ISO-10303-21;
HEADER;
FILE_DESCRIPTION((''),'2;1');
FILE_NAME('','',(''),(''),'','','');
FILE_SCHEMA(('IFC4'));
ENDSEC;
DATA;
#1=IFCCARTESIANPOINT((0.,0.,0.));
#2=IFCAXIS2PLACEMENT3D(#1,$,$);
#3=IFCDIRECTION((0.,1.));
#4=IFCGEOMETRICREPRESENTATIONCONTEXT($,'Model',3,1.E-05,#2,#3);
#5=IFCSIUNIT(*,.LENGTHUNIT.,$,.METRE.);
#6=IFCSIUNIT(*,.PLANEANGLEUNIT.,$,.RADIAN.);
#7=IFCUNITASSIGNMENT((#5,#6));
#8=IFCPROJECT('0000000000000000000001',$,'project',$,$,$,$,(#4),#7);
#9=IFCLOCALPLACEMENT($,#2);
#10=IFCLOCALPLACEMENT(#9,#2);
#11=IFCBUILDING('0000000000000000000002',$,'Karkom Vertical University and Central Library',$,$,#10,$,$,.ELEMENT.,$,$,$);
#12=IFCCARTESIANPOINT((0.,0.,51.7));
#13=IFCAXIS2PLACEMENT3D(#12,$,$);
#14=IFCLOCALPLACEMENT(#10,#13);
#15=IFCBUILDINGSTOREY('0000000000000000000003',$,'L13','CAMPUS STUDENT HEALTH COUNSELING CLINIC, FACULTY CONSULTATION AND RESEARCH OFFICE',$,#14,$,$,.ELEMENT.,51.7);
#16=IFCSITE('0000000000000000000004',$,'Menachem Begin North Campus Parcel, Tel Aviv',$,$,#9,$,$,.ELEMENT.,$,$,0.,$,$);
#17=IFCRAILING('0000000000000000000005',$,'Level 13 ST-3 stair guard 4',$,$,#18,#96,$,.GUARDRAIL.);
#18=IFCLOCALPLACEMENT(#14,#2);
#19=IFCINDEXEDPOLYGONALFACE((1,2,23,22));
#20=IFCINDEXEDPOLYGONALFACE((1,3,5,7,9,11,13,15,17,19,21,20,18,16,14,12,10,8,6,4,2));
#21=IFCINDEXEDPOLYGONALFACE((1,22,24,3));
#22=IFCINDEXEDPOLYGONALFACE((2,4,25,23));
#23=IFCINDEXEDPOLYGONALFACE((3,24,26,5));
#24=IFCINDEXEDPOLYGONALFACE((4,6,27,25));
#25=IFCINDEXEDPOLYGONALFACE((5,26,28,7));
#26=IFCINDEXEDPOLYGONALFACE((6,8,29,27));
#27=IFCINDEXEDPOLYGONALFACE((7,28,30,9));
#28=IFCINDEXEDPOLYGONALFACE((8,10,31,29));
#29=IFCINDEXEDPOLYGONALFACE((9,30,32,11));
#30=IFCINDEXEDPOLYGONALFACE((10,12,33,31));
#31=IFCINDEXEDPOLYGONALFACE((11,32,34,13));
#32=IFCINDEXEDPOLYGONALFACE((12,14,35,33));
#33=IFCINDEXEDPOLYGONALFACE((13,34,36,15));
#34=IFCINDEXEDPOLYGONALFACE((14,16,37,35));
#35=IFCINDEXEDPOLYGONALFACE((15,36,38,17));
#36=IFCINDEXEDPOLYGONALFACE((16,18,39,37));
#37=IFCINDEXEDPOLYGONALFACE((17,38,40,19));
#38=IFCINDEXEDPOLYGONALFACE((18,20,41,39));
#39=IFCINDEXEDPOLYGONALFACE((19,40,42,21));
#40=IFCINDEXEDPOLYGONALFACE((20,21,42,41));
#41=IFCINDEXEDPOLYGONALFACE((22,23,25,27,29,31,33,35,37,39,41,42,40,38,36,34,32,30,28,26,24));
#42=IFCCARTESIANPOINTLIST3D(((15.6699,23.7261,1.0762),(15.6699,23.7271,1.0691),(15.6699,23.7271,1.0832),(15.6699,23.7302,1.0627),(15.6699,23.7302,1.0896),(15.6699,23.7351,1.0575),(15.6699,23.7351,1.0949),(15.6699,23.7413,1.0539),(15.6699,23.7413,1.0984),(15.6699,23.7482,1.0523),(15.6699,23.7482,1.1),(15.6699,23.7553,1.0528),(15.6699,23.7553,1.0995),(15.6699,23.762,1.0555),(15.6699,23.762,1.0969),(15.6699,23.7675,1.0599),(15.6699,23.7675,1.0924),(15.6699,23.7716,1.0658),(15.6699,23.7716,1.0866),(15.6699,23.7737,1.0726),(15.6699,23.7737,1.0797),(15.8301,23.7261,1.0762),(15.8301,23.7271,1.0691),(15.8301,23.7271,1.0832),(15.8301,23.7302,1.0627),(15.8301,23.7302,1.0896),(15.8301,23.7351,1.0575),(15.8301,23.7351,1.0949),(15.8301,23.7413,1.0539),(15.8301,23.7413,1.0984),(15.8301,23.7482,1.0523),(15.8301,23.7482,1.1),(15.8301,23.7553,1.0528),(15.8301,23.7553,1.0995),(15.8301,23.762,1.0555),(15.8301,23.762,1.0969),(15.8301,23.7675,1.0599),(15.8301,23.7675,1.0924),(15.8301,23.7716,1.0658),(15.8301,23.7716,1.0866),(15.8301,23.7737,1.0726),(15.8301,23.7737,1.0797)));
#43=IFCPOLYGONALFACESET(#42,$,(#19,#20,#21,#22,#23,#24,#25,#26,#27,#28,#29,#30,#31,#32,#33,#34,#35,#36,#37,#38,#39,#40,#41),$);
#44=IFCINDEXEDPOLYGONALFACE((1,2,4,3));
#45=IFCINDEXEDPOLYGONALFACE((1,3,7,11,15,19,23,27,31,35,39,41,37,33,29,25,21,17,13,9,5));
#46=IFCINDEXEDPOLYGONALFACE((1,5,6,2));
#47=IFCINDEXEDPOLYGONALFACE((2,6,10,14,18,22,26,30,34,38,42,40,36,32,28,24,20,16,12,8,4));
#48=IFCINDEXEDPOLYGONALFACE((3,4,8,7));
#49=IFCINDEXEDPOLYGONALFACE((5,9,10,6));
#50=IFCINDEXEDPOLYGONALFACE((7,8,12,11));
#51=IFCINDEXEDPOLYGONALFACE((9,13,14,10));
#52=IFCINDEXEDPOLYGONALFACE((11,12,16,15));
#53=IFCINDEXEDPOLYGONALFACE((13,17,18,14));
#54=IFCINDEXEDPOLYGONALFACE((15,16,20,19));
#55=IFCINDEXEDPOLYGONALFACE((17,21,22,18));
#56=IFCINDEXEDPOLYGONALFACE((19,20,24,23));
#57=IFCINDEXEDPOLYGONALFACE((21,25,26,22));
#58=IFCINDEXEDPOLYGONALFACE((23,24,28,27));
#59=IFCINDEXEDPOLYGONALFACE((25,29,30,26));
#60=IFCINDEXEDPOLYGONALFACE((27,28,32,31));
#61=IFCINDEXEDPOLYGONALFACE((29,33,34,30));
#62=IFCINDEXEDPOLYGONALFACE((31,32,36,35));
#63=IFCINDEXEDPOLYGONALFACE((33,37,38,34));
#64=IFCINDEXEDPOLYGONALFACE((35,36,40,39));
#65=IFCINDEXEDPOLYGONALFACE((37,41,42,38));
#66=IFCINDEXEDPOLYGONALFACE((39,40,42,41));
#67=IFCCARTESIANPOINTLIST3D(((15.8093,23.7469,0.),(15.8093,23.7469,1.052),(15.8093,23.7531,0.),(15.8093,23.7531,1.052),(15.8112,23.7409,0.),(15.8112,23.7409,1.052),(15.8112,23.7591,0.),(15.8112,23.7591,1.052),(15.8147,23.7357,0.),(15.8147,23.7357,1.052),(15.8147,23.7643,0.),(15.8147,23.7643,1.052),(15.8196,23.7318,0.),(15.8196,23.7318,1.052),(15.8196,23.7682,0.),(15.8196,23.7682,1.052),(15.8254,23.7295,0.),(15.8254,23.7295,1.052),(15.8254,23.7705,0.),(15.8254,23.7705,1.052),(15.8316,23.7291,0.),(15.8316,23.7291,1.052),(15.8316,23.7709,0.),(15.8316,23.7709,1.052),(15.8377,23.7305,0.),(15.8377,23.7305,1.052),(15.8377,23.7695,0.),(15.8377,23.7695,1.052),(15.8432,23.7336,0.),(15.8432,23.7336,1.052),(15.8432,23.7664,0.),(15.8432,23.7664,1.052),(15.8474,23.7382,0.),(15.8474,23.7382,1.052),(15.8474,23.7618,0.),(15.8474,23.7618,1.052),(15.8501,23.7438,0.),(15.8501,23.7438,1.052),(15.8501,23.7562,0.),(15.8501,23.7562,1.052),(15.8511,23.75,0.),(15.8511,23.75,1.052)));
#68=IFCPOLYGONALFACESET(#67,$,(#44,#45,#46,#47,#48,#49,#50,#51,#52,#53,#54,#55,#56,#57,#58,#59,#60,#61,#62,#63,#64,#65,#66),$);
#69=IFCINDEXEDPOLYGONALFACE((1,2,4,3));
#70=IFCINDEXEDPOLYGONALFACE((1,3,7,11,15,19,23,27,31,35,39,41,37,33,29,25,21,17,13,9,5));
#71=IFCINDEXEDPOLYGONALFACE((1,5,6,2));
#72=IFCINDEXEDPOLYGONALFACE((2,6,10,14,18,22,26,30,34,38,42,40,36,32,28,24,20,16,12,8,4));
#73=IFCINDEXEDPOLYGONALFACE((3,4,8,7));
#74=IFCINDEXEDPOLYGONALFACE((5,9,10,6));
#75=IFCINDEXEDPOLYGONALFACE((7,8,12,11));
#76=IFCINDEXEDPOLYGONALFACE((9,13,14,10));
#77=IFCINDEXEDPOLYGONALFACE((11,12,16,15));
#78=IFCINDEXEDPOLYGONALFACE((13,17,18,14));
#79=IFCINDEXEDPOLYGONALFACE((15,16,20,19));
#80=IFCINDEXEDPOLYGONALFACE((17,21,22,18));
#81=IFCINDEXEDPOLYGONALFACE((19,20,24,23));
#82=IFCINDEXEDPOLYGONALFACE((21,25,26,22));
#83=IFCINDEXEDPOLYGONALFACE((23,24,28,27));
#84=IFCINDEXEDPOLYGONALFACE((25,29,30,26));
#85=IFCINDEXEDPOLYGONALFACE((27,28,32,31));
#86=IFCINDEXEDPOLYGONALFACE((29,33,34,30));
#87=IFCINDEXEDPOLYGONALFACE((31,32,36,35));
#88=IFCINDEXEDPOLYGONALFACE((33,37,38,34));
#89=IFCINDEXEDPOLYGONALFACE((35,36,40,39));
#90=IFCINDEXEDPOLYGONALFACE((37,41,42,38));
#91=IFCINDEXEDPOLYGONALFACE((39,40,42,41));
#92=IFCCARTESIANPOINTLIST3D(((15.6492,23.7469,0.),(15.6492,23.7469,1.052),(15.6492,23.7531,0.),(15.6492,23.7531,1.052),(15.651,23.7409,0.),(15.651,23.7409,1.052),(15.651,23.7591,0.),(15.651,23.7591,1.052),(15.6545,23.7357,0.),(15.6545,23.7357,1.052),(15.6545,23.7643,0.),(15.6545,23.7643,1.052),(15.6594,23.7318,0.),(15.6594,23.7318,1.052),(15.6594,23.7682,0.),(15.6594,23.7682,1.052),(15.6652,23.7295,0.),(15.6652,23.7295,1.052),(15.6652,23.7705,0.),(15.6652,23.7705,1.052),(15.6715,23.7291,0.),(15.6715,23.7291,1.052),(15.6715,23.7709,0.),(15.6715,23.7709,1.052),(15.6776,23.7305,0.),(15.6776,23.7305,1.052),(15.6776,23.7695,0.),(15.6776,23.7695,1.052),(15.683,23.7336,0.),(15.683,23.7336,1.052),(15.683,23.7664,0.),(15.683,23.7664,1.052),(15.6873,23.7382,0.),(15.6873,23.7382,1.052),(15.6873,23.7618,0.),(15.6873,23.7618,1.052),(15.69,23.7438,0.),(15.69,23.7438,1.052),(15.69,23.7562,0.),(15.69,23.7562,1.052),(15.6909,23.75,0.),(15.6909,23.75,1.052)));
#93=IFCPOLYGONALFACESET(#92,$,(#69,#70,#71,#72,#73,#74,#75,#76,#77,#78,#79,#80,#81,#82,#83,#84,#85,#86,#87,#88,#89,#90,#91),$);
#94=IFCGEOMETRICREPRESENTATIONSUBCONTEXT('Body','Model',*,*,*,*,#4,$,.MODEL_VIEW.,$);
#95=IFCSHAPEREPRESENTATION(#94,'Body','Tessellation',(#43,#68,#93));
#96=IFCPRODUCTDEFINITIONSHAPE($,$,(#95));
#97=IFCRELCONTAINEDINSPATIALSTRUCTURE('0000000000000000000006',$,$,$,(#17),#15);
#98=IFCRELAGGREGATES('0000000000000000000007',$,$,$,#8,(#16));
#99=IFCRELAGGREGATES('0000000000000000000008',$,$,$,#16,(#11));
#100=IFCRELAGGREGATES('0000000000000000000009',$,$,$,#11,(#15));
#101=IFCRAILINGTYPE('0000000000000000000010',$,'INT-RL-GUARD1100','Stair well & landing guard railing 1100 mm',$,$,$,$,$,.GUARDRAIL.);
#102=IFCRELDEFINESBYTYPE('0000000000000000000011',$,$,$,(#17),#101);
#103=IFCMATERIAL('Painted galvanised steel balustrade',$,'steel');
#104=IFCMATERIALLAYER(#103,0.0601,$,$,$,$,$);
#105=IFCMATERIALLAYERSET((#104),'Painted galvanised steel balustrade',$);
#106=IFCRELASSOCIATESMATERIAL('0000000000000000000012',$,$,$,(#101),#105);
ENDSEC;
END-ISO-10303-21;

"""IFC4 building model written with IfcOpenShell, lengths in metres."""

from ifc_helpers import new_model, si_unit, direction, frame, origin, origin_2d, place, context, subcontext, project, spatial, circle, extrude, material, layer, layer_set, type_object, element, save


model = new_model("IFC4")

# Units and contexts
model_context = context("Model", 3, precision=1e-05, world=origin(), true_north=direction((0.0, 1.0)))
body_context = subcontext(model_context, "Body", "Model", "MODEL_VIEW")
ifc_project = project(units=[si_unit("LENGTHUNIT", "METRE"), si_unit("PLANEANGLEUNIT", "RADIAN")], contexts=[model_context])

# Site, building, storey
site_placement = place(None, origin())
site = spatial("IfcSite", under=ifc_project, at=site_placement, Name="Menachem Begin North Campus Parcel, Tel Aviv", CompositionType="ELEMENT", RefElevation=0.0)
building_placement = place(site_placement, origin())
building = spatial("IfcBuilding", under=site, at=building_placement, Name="Karkom Vertical University and Central Library", CompositionType="ELEMENT")
storey_placement = place(building_placement, frame((0.0, 0.0, 51.7)))
storey = spatial("IfcBuildingStorey", under=building, at=storey_placement, Name="L13", Description="CAMPUS STUDENT HEALTH COUNSELING CLINIC, FACULTY CONSULTATION AND RESEARCH OFFICE", CompositionType="ELEMENT", Elevation=51.7)

# Railing
ifc_material_1 = material(Name="Painted galvanised steel balustrade", Category="steel")
ifc_layer_1 = layer(ifc_material_1, 0.0601)
ifc_layer_set_1 = layer_set([ifc_layer_1], Name="Painted galvanised steel balustrade")
railing_type_1 = type_object("IfcRailingType", Name="INT-RL-GUARD1100", Description="Stair well & landing guard railing 1100 mm", PredefinedType="GUARDRAIL", material=ifc_layer_set_1)
railing_1_placement = place(storey_placement, frame((15.8301, 23.75, 0.0)))
element("IfcRailing", 1, at=railing_1_placement, inside=storey, type_object=railing_type_1, Name="Level 13 ST-3 stair guard 4", PredefinedType="GUARDRAIL", context=body_context, shape_type="SweptSolid", body=[
    extrude(circle(Radius=0.0239, at=origin_2d()), frame((0.0, 0.0, 1.0762), z_axis=(-1.0, 0.0, 0.0), x_axis=(0.0, -1.0, 0.0)), (0.0, 0.0, 1.0), 0.1602),
    extrude(circle(Radius=0.021, at=origin_2d()), origin(), (0.0, 0.0, 1.0), 1.052),
    extrude(circle(Radius=0.021, at=origin_2d()), frame((-0.1602, 0.0, 0.0)), (0.0, 0.0, 1.0), 1.052),
])

save(model, "model.ifc")
